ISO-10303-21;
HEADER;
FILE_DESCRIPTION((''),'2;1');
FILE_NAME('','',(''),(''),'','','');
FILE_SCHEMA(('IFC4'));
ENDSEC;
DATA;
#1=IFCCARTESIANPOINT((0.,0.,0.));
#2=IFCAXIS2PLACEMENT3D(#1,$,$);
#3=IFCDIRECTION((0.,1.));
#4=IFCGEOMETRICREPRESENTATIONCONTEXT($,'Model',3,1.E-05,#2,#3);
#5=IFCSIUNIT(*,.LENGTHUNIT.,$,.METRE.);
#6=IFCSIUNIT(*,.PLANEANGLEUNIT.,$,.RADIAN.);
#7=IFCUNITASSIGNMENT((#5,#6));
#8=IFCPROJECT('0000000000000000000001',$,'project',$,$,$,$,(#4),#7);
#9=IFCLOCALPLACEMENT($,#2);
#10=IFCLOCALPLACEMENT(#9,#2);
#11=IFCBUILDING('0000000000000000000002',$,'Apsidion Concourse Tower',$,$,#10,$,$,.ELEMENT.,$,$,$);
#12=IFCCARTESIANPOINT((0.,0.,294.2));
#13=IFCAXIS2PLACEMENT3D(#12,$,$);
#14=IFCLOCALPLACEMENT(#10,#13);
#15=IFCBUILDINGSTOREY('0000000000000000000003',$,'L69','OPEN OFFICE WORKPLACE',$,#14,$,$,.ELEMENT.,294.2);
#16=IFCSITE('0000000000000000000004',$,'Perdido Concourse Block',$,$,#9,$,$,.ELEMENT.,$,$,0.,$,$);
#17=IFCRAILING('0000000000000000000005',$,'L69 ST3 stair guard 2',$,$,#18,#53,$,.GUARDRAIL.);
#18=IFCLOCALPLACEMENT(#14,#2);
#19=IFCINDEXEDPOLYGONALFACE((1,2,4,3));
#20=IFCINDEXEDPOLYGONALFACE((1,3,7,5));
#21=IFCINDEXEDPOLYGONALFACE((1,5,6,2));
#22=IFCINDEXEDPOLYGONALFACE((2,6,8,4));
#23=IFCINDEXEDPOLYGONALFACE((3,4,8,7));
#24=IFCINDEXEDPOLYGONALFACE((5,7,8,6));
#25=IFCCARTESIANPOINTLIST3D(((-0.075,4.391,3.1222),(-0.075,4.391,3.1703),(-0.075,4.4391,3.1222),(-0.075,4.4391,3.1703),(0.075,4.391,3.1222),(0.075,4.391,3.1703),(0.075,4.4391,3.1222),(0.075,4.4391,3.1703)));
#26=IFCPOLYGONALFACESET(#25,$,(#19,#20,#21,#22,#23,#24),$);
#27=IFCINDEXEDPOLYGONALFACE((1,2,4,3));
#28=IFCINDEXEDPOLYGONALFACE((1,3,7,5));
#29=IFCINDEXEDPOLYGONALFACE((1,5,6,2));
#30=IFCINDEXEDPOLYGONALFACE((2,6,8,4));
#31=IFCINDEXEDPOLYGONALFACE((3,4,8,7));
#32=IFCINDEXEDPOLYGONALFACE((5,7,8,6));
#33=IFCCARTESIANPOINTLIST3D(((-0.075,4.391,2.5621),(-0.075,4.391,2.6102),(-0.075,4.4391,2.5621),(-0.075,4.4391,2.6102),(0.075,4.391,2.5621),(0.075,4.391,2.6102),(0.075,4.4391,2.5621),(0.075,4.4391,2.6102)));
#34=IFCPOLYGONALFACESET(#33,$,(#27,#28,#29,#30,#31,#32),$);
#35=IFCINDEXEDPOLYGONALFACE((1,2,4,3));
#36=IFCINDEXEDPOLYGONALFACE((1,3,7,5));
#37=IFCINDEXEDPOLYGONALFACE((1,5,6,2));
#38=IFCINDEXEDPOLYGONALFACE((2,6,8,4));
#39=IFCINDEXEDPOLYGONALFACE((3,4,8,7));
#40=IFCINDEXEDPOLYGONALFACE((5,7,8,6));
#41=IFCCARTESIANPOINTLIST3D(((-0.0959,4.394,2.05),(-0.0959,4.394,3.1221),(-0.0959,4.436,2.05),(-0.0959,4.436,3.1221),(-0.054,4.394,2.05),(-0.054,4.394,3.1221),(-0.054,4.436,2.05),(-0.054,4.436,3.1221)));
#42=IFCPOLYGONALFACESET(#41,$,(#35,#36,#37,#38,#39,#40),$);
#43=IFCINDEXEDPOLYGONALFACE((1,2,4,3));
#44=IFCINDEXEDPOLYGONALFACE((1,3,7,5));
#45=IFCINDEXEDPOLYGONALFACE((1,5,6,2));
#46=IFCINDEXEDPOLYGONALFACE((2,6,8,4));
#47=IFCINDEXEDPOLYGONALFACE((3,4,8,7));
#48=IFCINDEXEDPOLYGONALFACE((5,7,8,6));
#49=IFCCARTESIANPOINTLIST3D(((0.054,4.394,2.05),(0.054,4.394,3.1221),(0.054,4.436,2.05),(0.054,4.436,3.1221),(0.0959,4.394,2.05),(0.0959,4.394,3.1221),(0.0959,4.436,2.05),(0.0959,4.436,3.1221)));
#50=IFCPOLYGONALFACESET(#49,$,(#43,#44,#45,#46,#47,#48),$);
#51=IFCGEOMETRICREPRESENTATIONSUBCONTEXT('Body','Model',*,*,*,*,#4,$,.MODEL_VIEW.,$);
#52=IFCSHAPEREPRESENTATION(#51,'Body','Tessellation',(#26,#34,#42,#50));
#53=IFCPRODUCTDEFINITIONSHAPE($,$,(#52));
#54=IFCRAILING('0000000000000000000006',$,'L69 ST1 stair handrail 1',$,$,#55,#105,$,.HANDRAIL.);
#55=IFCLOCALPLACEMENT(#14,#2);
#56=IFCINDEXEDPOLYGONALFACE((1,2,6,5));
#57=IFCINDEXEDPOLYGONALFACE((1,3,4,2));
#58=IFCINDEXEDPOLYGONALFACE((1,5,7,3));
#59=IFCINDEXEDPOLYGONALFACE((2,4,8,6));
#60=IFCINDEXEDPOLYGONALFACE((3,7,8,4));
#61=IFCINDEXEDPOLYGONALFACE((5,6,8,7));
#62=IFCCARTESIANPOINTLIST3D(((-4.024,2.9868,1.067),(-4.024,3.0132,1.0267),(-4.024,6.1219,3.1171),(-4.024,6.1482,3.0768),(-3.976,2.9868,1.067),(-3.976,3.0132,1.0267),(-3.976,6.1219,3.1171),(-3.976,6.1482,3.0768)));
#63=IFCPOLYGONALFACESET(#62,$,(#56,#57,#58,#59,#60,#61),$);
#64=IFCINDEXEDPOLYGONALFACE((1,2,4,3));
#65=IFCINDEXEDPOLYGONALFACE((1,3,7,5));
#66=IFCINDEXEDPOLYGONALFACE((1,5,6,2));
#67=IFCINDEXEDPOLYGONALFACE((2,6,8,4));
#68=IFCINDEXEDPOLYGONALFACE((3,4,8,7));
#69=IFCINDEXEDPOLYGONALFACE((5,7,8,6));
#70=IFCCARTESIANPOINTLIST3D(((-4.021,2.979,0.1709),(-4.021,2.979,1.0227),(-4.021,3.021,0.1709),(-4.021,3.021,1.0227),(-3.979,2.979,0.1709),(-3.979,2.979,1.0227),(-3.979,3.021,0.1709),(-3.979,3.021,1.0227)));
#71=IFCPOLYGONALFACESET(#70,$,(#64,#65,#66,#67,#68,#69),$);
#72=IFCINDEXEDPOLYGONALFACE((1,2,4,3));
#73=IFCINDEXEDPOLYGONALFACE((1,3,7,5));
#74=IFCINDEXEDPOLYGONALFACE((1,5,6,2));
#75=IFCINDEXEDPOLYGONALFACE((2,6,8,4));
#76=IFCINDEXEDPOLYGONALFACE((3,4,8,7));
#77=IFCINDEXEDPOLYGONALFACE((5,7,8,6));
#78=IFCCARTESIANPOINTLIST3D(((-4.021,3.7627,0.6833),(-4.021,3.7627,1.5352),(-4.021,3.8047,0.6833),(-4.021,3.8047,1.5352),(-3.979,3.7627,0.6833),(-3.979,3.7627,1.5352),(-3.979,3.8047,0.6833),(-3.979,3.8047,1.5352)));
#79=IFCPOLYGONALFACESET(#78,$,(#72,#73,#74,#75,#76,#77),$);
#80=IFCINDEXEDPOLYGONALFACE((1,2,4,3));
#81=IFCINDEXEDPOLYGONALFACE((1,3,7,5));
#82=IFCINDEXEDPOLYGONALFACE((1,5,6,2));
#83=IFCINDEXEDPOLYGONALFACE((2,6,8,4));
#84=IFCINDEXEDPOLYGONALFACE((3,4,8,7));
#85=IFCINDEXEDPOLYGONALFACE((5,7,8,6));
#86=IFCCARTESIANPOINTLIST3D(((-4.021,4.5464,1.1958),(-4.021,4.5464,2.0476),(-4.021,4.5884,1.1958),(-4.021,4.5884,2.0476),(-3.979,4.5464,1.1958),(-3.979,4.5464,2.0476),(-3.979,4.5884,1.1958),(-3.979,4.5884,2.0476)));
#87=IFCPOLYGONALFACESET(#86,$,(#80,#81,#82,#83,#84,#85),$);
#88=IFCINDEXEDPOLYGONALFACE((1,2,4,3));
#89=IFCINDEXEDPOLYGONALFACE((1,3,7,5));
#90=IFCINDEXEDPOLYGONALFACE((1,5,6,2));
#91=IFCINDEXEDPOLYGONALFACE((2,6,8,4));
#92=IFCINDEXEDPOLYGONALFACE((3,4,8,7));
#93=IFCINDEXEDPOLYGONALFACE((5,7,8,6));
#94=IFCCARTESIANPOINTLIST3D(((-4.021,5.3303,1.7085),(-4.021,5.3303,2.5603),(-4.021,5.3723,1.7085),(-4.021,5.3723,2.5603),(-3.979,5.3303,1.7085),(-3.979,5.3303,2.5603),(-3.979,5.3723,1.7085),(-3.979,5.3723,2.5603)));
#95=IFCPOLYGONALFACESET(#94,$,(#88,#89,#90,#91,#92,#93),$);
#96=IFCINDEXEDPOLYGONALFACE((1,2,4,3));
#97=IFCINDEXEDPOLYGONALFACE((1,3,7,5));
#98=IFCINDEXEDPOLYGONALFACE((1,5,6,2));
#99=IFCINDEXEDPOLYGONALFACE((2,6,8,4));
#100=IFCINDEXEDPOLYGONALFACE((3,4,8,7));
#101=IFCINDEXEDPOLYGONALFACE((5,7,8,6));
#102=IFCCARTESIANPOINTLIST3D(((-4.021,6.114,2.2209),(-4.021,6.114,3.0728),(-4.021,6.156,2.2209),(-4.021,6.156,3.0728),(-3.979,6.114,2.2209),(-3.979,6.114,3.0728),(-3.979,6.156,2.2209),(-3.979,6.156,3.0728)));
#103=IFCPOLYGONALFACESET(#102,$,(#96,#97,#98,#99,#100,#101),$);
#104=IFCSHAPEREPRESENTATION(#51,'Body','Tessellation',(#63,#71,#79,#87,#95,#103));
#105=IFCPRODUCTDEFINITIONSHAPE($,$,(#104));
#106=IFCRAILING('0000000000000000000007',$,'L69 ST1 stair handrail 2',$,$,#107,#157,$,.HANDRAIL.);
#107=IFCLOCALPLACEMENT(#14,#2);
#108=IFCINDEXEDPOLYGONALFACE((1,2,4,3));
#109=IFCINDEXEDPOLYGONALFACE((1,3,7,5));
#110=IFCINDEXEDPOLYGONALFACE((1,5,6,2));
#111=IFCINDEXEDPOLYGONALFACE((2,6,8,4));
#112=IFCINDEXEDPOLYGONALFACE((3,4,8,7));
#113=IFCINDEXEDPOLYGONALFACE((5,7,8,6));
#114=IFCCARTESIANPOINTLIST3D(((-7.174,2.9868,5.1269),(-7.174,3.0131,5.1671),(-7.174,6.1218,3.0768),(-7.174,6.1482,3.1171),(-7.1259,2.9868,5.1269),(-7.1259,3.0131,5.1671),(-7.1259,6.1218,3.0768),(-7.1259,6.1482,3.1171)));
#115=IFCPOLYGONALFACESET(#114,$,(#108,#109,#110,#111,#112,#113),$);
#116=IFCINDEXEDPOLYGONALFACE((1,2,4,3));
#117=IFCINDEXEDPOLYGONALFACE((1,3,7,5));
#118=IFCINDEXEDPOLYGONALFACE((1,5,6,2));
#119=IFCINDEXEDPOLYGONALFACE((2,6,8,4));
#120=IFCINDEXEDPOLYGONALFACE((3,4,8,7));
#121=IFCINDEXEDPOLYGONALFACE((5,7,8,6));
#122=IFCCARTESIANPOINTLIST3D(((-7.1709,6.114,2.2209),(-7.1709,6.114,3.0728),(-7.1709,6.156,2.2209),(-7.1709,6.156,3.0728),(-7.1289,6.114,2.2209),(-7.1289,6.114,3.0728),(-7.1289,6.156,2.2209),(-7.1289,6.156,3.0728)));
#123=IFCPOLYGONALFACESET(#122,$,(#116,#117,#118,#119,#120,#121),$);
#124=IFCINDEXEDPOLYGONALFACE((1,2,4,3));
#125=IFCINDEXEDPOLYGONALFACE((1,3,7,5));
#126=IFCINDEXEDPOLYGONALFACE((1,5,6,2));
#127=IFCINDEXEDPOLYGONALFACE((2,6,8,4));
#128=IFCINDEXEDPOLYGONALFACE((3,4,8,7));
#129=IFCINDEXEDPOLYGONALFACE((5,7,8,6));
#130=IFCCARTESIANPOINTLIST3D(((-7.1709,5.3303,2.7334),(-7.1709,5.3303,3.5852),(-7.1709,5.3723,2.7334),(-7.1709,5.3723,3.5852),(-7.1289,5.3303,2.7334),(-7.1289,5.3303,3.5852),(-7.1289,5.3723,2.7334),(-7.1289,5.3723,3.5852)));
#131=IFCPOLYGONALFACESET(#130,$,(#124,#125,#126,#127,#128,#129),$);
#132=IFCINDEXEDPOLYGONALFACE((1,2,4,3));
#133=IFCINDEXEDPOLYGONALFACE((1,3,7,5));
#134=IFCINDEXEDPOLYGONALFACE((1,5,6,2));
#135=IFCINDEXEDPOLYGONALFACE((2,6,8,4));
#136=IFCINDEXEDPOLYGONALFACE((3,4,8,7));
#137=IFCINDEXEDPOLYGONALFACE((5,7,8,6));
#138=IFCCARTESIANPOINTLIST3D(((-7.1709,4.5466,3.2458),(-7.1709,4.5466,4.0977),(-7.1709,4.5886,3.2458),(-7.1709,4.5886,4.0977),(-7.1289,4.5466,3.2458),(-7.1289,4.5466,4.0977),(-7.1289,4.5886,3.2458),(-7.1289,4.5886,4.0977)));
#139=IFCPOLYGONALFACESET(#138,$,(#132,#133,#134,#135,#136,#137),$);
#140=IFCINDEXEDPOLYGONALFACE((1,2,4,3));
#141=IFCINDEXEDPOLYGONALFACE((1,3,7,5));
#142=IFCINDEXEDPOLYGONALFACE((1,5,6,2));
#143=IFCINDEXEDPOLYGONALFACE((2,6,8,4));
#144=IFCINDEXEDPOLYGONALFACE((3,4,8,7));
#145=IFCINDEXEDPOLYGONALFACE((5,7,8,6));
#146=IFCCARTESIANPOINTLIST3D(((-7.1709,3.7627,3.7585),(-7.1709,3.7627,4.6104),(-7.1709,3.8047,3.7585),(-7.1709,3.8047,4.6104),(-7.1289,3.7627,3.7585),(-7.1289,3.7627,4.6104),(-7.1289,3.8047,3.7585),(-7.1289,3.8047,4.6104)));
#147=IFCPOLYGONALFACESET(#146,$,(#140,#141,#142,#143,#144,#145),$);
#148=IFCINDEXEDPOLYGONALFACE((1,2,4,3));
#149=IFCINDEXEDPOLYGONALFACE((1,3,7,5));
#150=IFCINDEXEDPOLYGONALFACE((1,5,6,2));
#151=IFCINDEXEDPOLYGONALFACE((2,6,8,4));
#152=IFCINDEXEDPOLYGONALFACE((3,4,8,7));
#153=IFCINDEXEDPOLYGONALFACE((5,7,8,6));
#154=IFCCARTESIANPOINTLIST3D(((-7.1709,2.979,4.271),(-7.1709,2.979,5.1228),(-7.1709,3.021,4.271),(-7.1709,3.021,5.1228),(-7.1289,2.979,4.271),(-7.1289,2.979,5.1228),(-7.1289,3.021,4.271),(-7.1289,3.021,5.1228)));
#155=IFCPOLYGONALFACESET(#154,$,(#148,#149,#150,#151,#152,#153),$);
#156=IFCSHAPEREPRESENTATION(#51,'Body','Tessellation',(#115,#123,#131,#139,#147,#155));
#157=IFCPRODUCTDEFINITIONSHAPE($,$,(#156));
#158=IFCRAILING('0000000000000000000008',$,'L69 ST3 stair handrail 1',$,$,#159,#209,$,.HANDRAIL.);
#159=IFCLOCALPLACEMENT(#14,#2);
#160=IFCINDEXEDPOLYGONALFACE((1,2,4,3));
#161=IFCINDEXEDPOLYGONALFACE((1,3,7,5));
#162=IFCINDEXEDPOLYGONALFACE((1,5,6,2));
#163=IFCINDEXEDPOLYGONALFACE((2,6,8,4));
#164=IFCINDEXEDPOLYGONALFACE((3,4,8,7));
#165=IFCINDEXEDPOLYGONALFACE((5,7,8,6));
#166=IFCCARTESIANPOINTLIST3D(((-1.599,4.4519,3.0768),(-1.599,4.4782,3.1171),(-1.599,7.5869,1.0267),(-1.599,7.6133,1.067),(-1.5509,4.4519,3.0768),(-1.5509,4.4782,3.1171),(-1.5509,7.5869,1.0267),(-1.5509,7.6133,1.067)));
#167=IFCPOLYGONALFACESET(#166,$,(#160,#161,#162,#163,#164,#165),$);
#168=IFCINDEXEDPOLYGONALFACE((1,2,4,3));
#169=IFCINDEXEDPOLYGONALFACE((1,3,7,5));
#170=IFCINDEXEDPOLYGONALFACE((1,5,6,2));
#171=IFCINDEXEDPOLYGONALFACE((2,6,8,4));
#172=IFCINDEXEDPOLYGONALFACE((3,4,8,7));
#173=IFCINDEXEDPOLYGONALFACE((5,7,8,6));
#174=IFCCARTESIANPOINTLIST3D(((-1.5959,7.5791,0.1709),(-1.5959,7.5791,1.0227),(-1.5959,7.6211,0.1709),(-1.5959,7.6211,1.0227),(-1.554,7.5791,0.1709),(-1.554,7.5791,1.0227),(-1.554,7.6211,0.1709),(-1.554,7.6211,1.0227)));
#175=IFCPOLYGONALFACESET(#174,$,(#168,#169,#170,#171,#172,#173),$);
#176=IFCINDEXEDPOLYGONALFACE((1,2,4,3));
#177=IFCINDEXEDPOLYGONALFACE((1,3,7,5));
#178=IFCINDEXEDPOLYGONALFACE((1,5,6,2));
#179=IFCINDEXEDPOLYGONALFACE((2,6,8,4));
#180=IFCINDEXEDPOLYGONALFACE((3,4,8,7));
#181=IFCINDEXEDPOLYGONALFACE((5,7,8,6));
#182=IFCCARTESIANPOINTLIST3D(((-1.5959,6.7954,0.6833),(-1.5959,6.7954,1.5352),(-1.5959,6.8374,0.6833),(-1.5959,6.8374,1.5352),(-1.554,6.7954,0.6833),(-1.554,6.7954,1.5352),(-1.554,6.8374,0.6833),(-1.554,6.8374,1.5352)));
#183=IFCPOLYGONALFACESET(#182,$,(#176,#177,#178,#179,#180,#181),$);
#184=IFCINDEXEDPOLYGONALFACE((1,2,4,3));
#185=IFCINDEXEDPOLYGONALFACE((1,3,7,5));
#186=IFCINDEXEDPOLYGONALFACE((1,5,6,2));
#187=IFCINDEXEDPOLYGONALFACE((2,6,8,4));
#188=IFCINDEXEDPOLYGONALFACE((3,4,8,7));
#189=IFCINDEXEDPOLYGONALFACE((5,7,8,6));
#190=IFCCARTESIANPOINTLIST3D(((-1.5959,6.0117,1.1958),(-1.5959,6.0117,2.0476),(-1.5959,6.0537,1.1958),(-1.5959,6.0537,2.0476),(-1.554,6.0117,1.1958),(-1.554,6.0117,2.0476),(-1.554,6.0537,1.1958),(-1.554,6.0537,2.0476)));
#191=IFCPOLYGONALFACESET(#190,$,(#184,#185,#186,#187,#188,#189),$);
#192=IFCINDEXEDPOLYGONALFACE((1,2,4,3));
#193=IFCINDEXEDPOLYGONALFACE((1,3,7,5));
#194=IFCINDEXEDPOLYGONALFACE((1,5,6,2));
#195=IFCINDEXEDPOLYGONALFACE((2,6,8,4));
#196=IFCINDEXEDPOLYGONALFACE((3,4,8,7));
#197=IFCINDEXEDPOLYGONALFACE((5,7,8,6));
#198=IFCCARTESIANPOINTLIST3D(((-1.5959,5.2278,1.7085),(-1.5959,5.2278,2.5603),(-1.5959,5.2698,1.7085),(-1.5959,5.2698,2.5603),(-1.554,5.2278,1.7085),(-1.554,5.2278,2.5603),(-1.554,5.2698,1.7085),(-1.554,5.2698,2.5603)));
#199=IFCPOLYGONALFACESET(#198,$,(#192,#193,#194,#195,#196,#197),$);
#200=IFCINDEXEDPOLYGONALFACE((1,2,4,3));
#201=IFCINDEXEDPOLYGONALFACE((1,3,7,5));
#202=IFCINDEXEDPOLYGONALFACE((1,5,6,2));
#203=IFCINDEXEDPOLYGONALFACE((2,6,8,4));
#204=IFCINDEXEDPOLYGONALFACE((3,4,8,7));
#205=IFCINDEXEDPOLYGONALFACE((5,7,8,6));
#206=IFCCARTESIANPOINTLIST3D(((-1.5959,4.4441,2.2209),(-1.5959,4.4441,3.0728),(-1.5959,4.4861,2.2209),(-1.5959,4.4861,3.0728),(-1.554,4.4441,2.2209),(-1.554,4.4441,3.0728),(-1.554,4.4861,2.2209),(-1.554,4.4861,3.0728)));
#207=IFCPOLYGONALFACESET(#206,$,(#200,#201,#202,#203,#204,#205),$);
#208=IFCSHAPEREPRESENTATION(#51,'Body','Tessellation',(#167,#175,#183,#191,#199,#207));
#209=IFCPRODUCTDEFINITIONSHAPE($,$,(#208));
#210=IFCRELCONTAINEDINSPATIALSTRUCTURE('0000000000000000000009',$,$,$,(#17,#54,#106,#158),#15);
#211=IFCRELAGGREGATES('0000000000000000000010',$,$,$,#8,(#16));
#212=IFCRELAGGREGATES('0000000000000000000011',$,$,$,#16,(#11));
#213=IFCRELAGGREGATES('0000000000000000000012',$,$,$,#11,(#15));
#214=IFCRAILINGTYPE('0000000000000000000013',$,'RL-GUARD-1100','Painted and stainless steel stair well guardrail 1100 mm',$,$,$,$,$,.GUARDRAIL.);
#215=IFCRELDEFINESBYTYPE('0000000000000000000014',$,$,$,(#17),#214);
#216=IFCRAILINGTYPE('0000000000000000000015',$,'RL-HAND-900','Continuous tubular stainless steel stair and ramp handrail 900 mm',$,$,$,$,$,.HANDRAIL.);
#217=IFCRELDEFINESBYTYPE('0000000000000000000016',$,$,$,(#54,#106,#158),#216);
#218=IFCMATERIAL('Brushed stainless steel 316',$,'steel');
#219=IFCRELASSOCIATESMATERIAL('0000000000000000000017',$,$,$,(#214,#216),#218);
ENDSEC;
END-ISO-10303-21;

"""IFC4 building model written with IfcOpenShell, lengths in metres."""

from ifc_helpers import new_model, si_unit, direction, frame, origin, origin_2d, place, context, subcontext, project, spatial, rectangle, extrude, material, type_object, element, save


model = new_model("IFC4")

# Units and contexts
model_context = context("Model", 3, precision=1e-05, world=origin(), true_north=direction((0.0, 1.0)))
body_context = subcontext(model_context, "Body", "Model", "MODEL_VIEW")
ifc_project = project(units=[si_unit("LENGTHUNIT", "METRE"), si_unit("PLANEANGLEUNIT", "RADIAN")], contexts=[model_context])

# Site, building, storey
site_placement = place(None, origin())
site = spatial("IfcSite", under=ifc_project, at=site_placement, Name="Perdido Concourse Block", CompositionType="ELEMENT", RefElevation=0.0)
building_placement = place(site_placement, origin())
building = spatial("IfcBuilding", under=site, at=building_placement, Name="Apsidion Concourse Tower", CompositionType="ELEMENT")
storey_placement = place(building_placement, frame((0.0, 0.0, 294.2)))
storey = spatial("IfcBuildingStorey", under=building, at=storey_placement, Name="L69", Description="OPEN OFFICE WORKPLACE", CompositionType="ELEMENT", Elevation=294.2)

# Shared definitions
ifc_material_1 = material(Name="Brushed stainless steel 316", Category="steel")

# Railings
railing_type_1 = type_object("IfcRailingType", Name="RL-GUARD-1100", Description="Painted and stainless steel stair well guardrail 1100 mm", PredefinedType="GUARDRAIL", material=ifc_material_1)
railing_1_placement = place(storey_placement, frame((-0.075, 4.415, 2.05)))
element("IfcRailing", 1, at=railing_1_placement, inside=storey, type_object=railing_type_1, Name="L69 ST3 stair guard 2", PredefinedType="GUARDRAIL", context=body_context, shape_type="SweptSolid", body=[
    extrude(rectangle(XDim=0.0481, YDim=0.0481, at=origin_2d()), frame((0.0, 0.0, 1.0962), z_axis=(1.0, 0.0, 0.0), x_axis=(0.0, 1.0, 0.0)), (0.0, 0.0, 1.0), 0.1499),
    extrude(rectangle(XDim=0.0481, YDim=0.0481, at=origin_2d()), frame((0.0, 0.0, 0.5361), z_axis=(1.0, 0.0, 0.0), x_axis=(0.0, 1.0, 0.0)), (0.0, 0.0, 1.0), 0.1499),
    extrude(rectangle(XDim=0.042, YDim=0.042, at=origin_2d()), origin(), (0.0, 0.0, 1.0), 1.072),
    extrude(rectangle(XDim=0.042, YDim=0.042, at=origin_2d()), frame((0.1499, 0.0, 0.0)), (0.0, 0.0, 1.0), 1.072),
])
railing_type_2 = type_object("IfcRailingType", Name="RL-HAND-900", Description="Continuous tubular stainless steel stair and ramp handrail 900 mm", PredefinedType="HANDRAIL", material=ifc_material_1)
railing_2_placement = place(storey_placement, frame((-4.0, 3.0, 0.1709)))
element("IfcRailing", 2, at=railing_2_placement, inside=storey, type_object=railing_type_2, Name="L69 ST1 stair handrail 1", PredefinedType="HANDRAIL", context=body_context, shape_type="SweptSolid", body=[
    extrude(rectangle(XDim=0.0481, YDim=0.0481, at=origin_2d()), frame((0.0, 0.0, 0.876), z_axis=(0.0, 0.836941, 0.547293), x_axis=(-1.0, 0.0, 0.0)), (0.0, 0.0, 1.0), 3.7458),
    extrude(rectangle(XDim=0.042, YDim=0.042, at=origin_2d()), origin(), (0.0, 0.0, 1.0), 0.8518),
    extrude(rectangle(XDim=0.042, YDim=0.042, at=origin_2d()), frame((0.0, 0.7837, 0.5125)), (0.0, 0.0, 1.0), 0.8518),
    extrude(rectangle(XDim=0.042, YDim=0.042, at=origin_2d()), frame((0.0, 1.5674, 1.0249)), (0.0, 0.0, 1.0), 0.8518),
    extrude(rectangle(XDim=0.042, YDim=0.042, at=origin_2d()), frame((0.0, 2.3513, 1.5376)), (0.0, 0.0, 1.0), 0.8518),
    extrude(rectangle(XDim=0.042, YDim=0.042, at=origin_2d()), frame((0.0, 3.135, 2.05)), (0.0, 0.0, 1.0), 0.8518),
])
for number, where, name in (
    (3, (-7.1499, 6.135, 2.2209), "L69 ST1 stair handrail 2"),
    (4, (-1.575, 7.6001, 0.1709), "L69 ST3 stair handrail 1"),
):
    element("IfcRailing", number, at=place(storey_placement, frame(where)), inside=storey, type_object=railing_type_2, Name=name, PredefinedType="HANDRAIL", context=body_context, shape_type="SweptSolid", body=[
        extrude(rectangle(XDim=0.0481, YDim=0.0481, at=origin_2d()), frame((0.0, 0.0, 0.876), z_axis=(0.0, -0.836941, 0.547293), x_axis=(1.0, 0.0, 0.0)), (0.0, 0.0, 1.0), 3.7458),
        extrude(rectangle(XDim=0.042, YDim=0.042, at=origin_2d()), origin(), (0.0, 0.0, 1.0), 0.8518),
        extrude(rectangle(XDim=0.042, YDim=0.042, at=origin_2d()), frame((0.0, -0.7837, 0.5125)), (0.0, 0.0, 1.0), 0.8518),
        extrude(rectangle(XDim=0.042, YDim=0.042, at=origin_2d()), frame((0.0, -1.5674, 1.0249)), (0.0, 0.0, 1.0), 0.8518),
        extrude(rectangle(XDim=0.042, YDim=0.042, at=origin_2d()), frame((0.0, -2.3513, 1.5376)), (0.0, 0.0, 1.0), 0.8518),
        extrude(rectangle(XDim=0.042, YDim=0.042, at=origin_2d()), frame((0.0, -3.135, 2.05)), (0.0, 0.0, 1.0), 0.8518),
    ])

save(model, "model.ifc")
